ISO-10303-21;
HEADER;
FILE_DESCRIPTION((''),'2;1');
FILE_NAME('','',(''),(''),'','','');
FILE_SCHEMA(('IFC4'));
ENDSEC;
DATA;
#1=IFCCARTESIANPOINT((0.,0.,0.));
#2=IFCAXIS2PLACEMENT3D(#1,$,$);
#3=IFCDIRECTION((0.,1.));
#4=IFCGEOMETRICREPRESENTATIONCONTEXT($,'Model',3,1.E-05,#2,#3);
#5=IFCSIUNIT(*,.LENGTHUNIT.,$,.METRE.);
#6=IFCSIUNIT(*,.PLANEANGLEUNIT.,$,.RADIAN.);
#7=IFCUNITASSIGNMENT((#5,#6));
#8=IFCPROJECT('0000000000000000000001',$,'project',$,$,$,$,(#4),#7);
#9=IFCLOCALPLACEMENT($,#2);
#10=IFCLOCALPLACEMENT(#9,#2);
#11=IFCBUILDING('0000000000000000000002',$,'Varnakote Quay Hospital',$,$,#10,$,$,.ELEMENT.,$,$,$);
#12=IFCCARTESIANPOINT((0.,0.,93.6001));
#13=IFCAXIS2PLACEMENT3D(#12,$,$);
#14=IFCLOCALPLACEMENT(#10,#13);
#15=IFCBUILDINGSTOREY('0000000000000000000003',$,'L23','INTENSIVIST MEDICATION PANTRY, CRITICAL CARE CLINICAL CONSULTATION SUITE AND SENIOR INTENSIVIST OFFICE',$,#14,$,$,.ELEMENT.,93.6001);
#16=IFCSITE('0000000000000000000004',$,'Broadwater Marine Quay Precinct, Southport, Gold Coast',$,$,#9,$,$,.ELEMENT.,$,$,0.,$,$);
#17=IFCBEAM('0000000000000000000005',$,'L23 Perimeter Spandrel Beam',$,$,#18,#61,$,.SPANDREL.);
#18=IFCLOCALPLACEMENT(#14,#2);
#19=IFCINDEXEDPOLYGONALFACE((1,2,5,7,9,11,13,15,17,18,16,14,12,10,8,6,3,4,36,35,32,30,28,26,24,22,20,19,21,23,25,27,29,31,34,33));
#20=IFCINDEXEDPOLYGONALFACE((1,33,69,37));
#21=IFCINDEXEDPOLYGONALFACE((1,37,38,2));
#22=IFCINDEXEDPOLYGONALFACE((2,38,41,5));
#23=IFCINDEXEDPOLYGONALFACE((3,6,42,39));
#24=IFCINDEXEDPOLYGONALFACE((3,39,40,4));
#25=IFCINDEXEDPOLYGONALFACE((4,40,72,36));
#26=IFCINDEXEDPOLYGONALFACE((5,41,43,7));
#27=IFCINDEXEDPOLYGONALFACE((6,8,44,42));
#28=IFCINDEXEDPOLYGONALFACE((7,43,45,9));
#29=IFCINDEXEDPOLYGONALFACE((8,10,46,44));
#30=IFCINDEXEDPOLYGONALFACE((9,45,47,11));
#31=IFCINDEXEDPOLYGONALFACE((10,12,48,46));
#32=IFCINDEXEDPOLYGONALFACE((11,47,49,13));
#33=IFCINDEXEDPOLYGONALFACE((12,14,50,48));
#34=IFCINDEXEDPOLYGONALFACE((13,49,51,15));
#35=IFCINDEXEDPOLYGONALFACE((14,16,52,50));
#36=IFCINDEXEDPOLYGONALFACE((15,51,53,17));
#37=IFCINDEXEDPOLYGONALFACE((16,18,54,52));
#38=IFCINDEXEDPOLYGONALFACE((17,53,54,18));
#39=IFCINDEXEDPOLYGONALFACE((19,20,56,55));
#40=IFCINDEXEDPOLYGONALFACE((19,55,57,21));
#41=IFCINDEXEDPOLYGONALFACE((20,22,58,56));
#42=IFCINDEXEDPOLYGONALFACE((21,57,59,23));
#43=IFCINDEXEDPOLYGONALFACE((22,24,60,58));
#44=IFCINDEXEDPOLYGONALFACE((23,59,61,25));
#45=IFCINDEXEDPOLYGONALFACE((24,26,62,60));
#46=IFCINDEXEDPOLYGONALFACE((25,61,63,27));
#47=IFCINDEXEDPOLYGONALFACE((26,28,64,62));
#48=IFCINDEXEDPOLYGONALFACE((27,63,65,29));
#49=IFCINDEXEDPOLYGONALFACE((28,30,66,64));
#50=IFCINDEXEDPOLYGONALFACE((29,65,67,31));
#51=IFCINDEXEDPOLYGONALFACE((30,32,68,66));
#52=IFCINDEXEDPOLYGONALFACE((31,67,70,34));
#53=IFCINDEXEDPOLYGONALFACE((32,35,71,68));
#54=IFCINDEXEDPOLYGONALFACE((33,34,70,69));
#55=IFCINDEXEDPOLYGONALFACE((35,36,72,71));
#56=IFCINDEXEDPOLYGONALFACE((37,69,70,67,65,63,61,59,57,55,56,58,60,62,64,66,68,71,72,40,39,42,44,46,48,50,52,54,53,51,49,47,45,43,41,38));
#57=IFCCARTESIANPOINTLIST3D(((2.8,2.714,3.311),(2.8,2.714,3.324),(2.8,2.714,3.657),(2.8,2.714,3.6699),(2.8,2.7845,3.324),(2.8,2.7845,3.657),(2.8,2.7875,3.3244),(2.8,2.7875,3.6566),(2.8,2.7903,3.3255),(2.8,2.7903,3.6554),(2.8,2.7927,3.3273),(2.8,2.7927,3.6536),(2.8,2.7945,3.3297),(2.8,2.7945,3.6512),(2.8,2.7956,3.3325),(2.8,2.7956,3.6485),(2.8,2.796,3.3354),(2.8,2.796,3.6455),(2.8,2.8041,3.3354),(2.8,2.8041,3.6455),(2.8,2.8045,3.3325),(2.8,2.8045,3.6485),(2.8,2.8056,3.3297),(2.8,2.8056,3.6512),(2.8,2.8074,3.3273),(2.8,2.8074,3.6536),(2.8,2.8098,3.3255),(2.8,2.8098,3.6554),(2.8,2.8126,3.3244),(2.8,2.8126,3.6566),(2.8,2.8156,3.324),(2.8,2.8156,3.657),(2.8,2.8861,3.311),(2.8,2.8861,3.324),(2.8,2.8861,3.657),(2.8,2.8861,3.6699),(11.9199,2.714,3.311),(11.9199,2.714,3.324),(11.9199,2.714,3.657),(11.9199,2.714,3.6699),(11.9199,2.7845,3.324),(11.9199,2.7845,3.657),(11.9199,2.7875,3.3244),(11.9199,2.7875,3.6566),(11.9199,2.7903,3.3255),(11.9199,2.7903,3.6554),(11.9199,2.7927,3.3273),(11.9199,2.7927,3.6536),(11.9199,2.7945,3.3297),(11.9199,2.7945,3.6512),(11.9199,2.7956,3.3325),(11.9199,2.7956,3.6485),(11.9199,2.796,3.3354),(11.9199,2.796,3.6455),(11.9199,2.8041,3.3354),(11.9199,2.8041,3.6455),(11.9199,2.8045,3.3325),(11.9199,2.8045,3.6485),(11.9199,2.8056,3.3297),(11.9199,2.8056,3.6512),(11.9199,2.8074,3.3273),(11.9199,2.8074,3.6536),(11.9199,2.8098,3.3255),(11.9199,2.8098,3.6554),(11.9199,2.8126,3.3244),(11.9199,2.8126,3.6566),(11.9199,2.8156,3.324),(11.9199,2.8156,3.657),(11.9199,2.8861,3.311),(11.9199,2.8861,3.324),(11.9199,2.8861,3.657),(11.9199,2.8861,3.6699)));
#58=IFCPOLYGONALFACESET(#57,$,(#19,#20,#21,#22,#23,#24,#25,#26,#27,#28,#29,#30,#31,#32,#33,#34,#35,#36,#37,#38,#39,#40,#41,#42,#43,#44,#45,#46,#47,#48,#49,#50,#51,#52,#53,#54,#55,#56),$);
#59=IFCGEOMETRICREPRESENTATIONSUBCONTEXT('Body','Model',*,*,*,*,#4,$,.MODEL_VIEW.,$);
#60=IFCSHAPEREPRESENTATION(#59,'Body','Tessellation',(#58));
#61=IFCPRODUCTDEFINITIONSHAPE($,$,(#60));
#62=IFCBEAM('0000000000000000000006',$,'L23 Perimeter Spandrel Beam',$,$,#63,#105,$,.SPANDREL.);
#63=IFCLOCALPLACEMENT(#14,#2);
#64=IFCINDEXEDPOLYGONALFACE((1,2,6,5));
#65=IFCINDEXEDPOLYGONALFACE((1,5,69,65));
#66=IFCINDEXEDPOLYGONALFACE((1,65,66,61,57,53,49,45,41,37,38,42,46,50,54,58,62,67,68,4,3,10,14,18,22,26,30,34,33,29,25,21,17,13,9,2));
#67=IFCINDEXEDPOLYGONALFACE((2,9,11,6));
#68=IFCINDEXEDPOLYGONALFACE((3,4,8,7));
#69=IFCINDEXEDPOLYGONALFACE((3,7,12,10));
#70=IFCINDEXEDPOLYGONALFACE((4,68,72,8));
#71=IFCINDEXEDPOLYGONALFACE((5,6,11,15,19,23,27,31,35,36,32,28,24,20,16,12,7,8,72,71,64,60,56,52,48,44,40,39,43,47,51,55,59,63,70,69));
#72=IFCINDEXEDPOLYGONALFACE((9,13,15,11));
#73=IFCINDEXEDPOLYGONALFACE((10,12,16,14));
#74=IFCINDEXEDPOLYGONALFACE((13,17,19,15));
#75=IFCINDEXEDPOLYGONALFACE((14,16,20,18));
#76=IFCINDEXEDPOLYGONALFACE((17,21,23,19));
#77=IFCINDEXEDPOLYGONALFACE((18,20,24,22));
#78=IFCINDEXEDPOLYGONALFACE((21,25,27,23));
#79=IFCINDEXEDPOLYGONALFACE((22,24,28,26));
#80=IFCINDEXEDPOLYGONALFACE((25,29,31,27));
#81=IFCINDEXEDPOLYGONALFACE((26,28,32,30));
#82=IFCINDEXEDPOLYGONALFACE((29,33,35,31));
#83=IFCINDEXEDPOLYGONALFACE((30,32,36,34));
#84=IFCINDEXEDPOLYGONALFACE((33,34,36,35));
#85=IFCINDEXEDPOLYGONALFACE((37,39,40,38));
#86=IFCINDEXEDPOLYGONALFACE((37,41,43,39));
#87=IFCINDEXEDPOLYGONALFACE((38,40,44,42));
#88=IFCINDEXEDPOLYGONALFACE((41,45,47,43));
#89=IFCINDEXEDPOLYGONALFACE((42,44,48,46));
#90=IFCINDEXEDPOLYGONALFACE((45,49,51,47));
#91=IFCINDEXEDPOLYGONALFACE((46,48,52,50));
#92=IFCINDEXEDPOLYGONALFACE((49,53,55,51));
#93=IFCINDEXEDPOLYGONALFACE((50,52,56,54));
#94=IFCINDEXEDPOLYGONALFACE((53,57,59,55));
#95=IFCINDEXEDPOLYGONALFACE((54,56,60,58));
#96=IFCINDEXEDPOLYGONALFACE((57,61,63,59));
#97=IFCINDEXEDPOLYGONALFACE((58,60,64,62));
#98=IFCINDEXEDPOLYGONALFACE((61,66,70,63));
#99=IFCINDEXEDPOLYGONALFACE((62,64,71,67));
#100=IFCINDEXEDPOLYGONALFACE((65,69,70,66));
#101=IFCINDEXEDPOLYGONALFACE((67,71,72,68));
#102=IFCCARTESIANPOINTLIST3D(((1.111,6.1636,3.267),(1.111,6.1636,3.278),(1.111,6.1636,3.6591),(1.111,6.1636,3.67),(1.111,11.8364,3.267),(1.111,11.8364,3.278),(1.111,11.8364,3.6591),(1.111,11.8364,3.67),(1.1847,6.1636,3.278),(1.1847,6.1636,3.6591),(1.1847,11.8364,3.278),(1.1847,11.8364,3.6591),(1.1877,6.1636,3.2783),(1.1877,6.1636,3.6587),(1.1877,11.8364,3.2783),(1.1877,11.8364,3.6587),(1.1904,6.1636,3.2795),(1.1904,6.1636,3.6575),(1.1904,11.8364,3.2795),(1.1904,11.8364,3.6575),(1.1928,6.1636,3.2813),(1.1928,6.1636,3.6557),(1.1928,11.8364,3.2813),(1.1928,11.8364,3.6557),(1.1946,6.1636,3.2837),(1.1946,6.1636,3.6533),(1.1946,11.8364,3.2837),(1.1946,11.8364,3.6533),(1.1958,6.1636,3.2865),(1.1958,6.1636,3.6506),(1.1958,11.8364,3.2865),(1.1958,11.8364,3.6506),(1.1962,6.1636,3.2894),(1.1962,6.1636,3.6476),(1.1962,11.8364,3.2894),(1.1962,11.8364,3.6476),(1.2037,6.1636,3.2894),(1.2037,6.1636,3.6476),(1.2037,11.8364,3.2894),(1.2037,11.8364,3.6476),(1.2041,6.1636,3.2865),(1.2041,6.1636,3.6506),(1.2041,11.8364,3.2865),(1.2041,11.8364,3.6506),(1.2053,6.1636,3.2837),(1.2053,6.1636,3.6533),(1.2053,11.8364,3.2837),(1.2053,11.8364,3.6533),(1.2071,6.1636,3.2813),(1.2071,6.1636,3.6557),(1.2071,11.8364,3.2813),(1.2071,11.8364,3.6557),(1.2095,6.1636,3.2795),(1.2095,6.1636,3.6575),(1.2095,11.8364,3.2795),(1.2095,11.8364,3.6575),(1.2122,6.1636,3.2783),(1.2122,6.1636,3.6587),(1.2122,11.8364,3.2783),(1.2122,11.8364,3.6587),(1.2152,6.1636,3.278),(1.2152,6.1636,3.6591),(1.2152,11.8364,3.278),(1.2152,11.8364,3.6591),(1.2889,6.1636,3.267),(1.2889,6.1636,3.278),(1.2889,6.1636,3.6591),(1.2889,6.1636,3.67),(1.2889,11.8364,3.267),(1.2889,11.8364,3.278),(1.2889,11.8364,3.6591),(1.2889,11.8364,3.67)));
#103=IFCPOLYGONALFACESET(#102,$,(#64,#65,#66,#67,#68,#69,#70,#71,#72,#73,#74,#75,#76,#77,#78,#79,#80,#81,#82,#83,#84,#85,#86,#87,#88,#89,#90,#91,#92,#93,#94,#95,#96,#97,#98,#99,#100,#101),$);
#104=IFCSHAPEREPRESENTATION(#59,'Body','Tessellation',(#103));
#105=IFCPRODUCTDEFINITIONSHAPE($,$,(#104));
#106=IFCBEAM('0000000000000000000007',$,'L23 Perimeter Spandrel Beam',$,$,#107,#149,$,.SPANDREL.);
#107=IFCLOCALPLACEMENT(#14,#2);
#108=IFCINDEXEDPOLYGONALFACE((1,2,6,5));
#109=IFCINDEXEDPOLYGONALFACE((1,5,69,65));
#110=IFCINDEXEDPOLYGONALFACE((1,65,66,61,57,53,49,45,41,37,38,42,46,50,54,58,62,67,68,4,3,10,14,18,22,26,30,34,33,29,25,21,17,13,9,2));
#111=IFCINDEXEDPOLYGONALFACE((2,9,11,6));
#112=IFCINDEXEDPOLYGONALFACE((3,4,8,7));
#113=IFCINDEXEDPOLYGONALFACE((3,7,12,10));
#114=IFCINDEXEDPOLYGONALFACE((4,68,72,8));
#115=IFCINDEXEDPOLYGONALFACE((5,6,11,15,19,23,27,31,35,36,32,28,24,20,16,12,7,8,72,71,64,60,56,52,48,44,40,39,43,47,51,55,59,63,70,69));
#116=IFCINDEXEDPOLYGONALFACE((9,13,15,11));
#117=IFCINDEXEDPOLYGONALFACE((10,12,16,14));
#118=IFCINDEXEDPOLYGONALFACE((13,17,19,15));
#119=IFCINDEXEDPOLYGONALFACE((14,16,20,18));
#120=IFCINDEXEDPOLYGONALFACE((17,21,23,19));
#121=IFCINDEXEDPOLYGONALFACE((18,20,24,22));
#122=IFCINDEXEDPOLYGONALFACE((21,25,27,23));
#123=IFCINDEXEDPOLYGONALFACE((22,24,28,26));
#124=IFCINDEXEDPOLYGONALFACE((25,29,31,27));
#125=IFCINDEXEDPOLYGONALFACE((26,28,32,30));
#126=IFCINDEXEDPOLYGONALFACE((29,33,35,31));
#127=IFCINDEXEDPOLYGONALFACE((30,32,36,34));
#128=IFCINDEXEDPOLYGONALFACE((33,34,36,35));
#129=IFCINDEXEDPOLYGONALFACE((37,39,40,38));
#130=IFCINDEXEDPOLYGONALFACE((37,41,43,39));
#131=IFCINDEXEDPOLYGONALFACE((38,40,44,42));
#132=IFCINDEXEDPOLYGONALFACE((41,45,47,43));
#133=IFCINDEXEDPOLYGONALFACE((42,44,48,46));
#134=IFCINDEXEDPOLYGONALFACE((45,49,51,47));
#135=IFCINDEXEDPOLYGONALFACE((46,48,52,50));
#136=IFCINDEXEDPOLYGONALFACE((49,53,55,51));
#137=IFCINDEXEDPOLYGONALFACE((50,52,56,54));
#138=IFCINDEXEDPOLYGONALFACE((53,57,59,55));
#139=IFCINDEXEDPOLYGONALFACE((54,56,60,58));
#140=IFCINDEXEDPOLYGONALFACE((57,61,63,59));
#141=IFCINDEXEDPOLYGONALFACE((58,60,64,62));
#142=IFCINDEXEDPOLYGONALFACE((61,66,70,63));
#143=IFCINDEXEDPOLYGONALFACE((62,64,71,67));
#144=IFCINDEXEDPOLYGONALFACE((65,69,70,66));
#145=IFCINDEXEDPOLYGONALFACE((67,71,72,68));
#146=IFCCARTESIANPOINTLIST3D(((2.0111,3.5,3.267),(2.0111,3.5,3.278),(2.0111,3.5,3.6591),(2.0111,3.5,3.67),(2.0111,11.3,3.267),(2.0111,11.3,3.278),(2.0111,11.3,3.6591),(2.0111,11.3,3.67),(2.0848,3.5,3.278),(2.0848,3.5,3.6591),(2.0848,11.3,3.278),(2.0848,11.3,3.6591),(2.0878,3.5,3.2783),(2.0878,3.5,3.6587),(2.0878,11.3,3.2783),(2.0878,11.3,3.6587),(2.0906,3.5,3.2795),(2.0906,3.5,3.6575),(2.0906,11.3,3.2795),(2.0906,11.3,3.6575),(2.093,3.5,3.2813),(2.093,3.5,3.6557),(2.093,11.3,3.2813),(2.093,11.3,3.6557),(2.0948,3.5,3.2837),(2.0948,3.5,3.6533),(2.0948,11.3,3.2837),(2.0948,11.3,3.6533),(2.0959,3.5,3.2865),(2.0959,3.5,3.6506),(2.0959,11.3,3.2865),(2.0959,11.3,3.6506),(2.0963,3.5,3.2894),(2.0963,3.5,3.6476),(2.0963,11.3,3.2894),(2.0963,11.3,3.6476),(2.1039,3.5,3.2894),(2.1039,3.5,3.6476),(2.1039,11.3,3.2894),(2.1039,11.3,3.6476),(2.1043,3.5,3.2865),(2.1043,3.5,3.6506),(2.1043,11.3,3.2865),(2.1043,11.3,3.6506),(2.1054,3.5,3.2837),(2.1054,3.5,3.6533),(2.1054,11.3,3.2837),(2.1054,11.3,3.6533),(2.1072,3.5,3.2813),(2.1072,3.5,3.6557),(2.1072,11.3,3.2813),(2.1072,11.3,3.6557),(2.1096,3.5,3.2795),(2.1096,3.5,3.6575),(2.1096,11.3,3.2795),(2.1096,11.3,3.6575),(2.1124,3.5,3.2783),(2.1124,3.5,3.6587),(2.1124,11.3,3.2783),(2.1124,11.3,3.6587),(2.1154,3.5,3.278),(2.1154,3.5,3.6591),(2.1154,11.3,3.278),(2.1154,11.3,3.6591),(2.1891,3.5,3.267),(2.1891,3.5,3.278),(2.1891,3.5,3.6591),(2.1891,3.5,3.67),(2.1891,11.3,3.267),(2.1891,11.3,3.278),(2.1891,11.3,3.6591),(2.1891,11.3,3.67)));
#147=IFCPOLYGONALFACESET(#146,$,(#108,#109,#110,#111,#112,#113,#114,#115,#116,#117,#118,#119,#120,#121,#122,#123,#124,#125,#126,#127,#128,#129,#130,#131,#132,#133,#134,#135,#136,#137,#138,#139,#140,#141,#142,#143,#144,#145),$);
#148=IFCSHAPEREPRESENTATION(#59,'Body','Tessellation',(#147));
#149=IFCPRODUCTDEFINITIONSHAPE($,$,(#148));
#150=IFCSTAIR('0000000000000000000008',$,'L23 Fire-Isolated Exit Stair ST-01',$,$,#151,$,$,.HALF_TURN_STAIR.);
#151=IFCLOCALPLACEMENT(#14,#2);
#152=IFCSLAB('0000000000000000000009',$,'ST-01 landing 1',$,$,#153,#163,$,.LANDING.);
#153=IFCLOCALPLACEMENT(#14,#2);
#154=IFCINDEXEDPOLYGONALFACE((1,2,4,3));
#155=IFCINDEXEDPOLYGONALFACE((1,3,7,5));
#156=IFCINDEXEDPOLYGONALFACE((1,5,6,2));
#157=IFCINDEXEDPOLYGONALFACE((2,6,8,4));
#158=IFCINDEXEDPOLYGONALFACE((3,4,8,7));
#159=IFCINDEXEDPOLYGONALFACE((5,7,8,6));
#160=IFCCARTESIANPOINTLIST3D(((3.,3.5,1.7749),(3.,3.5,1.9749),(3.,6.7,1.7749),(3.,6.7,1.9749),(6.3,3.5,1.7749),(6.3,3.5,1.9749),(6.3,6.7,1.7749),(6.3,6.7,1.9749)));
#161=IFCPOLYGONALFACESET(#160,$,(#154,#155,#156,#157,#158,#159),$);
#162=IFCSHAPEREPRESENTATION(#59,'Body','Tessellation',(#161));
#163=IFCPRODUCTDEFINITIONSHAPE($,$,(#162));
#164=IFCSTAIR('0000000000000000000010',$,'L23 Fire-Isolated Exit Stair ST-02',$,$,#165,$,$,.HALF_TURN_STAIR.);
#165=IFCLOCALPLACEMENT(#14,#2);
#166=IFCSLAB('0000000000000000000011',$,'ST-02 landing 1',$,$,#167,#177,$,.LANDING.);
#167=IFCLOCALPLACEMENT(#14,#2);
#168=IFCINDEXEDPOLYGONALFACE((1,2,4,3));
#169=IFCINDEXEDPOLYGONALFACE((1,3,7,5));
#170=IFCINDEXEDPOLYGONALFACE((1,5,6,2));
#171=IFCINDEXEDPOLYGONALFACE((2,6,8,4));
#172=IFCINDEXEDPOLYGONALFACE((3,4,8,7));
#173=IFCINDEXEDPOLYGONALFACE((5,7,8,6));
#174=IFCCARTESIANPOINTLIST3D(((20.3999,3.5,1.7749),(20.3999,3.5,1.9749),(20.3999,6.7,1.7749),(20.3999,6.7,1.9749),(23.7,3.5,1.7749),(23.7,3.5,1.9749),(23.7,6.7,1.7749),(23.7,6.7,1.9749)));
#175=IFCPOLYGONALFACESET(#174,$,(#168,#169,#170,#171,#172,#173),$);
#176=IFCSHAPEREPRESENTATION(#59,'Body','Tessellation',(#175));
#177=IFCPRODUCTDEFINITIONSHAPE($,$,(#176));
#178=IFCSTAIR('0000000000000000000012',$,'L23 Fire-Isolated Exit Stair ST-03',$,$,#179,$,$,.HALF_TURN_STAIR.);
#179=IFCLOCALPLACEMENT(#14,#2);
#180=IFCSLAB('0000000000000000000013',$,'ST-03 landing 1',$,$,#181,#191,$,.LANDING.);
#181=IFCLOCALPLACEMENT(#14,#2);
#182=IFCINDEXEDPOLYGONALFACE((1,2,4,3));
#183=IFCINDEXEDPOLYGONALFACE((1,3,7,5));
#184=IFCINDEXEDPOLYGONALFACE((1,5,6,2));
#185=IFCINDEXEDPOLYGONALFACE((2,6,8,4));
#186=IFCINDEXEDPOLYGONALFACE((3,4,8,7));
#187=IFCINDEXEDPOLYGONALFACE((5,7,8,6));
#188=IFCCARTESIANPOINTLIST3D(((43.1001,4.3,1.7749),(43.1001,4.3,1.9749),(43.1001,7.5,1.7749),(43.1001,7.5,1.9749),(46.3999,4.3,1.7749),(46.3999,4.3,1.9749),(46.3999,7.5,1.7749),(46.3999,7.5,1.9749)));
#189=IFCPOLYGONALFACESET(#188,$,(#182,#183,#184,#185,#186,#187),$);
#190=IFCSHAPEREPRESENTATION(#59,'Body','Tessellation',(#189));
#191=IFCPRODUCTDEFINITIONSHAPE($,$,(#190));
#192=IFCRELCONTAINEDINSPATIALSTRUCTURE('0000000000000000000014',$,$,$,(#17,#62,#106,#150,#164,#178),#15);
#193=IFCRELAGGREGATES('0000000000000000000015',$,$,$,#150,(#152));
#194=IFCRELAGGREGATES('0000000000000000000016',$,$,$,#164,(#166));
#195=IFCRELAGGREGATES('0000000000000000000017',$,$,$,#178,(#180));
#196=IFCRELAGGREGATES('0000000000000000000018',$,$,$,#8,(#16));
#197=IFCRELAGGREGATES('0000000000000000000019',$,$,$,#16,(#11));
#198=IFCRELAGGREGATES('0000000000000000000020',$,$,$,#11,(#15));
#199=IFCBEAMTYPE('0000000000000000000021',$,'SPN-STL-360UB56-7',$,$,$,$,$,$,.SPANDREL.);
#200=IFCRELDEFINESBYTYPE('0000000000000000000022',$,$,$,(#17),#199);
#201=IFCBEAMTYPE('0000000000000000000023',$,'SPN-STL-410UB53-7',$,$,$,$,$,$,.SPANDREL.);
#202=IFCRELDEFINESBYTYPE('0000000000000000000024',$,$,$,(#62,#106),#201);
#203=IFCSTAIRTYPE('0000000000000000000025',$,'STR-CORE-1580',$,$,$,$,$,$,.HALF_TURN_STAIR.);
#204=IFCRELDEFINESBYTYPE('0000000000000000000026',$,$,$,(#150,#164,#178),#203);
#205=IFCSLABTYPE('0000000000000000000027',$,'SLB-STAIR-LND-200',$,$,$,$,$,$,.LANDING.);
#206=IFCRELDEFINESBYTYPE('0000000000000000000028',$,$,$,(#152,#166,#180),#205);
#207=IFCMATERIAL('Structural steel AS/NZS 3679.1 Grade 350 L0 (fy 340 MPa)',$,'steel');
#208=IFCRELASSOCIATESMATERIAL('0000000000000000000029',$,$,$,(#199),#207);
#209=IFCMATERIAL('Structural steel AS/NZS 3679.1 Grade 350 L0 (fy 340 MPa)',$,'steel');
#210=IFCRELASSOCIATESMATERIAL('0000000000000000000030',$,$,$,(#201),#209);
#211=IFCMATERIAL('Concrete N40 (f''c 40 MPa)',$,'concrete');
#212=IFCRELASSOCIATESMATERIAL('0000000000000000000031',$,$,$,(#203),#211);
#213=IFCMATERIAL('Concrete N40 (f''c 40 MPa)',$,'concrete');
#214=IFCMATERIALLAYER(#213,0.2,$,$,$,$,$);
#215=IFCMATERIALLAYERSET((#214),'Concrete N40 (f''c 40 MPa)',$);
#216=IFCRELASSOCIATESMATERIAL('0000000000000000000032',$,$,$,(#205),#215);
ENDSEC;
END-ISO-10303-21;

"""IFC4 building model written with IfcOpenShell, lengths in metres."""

from ifc_helpers import new_model, si_unit, direction, frame, origin, origin_2d, place, context, subcontext, project, spatial, polyline, i_section, outline, extrude, material, layer, layer_set, material_profile, profile_set, type_object, element, aggregate, save


model = new_model("IFC4")

# Units and contexts
model_context = context("Model", 3, precision=1e-05, world=origin(), true_north=direction((0.0, 1.0)))
body_context = subcontext(model_context, "Body", "Model", "MODEL_VIEW")
ifc_project = project(units=[si_unit("LENGTHUNIT", "METRE"), si_unit("PLANEANGLEUNIT", "RADIAN")], contexts=[model_context])

# Site, building, storey
site_placement = place(None, origin())
site = spatial("IfcSite", under=ifc_project, at=site_placement, Name="Broadwater Marine Quay Precinct, Southport, Gold Coast", CompositionType="ELEMENT", RefElevation=0.0)
building_placement = place(site_placement, origin())
building = spatial("IfcBuilding", under=site, at=building_placement, Name="Varnakote Quay Hospital", CompositionType="ELEMENT")
storey_placement = place(building_placement, frame((0.0, 0.0, 93.6001)))
storey = spatial("IfcBuildingStorey", under=building, at=storey_placement, Name="L23", Description="INTENSIVIST MEDICATION PANTRY, CRITICAL CARE CLINICAL CONSULTATION SUITE AND SENIOR INTENSIVIST OFFICE", CompositionType="ELEMENT", Elevation=93.6001)

# Beams
ifc_material_1 = material(Name="Structural steel AS/NZS 3679.1 Grade 350 L0 (fy 340 MPa)", Category="steel")
ifc_material_profile_1 = material_profile(ifc_material_1, i_section(OverallWidth=0.1721, OverallDepth=0.3589, WebThickness=0.0081, FlangeThickness=0.0129, FilletRadius=0.0115, at=origin_2d()), Name="360UB56.7")
ifc_profile_set_1 = profile_set([ifc_material_profile_1], Name="Structural steel AS/NZS 3679.1 Grade 350 L0 (fy 340 MPa)")
beam_type_1 = type_object("IfcBeamType", Name="SPN-STL-360UB56-7", PredefinedType="SPANDREL", material=ifc_profile_set_1)
beam_1_placement = place(storey_placement, frame((2.8, 2.8, 3.4905), z_axis=(1.0, 0.0, 0.0), x_axis=(0.0, 1.0, 0.0)))
element("IfcBeam", 1, at=beam_1_placement, inside=storey, type_object=beam_type_1, Name="L23 Perimeter Spandrel Beam", PredefinedType="SPANDREL", context=body_context, shape_type="SweptSolid", body=[
    extrude(i_section(OverallWidth=0.1721, OverallDepth=0.3589, WebThickness=0.0081, FlangeThickness=0.0129, FilletRadius=0.0115, at=origin_2d()), origin(), (0.0, 0.0, 1.0), 9.1199),
])
ifc_material_2 = material(Name="Structural steel AS/NZS 3679.1 Grade 350 L0 (fy 340 MPa)", Category="steel")
ifc_material_profile_2 = material_profile(ifc_material_2, i_section(OverallWidth=0.178, OverallDepth=0.4031, WebThickness=0.0076, FlangeThickness=0.011, FilletRadius=0.0115, at=origin_2d()), Name="410UB53.7")
ifc_profile_set_2 = profile_set([ifc_material_profile_2], Name="Structural steel AS/NZS 3679.1 Grade 350 L0 (fy 340 MPa)")
beam_type_2 = type_object("IfcBeamType", Name="SPN-STL-410UB53-7", PredefinedType="SPANDREL", material=ifc_profile_set_2)
beam_2_placement = place(storey_placement, frame((1.2, 6.1636, 3.4685), z_axis=(0.0, 1.0, 0.0), x_axis=(-1.0, 0.0, 0.0)))
element("IfcBeam", 2, at=beam_2_placement, inside=storey, type_object=beam_type_2, Name="L23 Perimeter Spandrel Beam", PredefinedType="SPANDREL", context=body_context, shape_type="SweptSolid", body=[
    extrude(i_section(OverallWidth=0.178, OverallDepth=0.4031, WebThickness=0.0076, FlangeThickness=0.011, FilletRadius=0.0115, at=origin_2d()), origin(), (0.0, 0.0, 1.0), 5.6729),
])
beam_3_placement = place(storey_placement, frame((2.1001, 3.5, 3.4685), z_axis=(0.0, 1.0, 0.0), x_axis=(-1.0, 0.0, 0.0)))
element("IfcBeam", 3, at=beam_3_placement, inside=storey, type_object=beam_type_2, Name="L23 Perimeter Spandrel Beam", PredefinedType="SPANDREL", context=body_context, shape_type="SweptSolid", body=[
    extrude(i_section(OverallWidth=0.178, OverallDepth=0.4031, WebThickness=0.0076, FlangeThickness=0.011, FilletRadius=0.0115, at=origin_2d()), origin(), (0.0, 0.0, 1.0), 7.8),
])

# Stairs, slabs
ifc_material_3 = material(Name="Concrete N40 (f'c 40 MPa)", Category="concrete")
stair_type = type_object("IfcStairType", Name="STR-CORE-1580", PredefinedType="HALF_TURN_STAIR", material=ifc_material_3)
stair_1_placement = place(storey_placement, origin())
stair_1 = element("IfcStair", 4, at=stair_1_placement, inside=storey, type_object=stair_type, Name="L23 Fire-Isolated Exit Stair ST-01", PredefinedType="HALF_TURN_STAIR")
ifc_material_4 = material(Name="Concrete N40 (f'c 40 MPa)", Category="concrete")
ifc_layer_1 = layer(ifc_material_4, 0.2)
ifc_layer_set_1 = layer_set([ifc_layer_1], Name="Concrete N40 (f'c 40 MPa)")
slab_type_1 = type_object("IfcSlabType", Name="SLB-STAIR-LND-200", PredefinedType="LANDING", material=ifc_layer_set_1)
slab_1_placement = place(storey_placement, frame((0.0, 0.0, 1.7749)))
slab_1 = element("IfcSlab", 5, at=slab_1_placement, type_object=slab_type_1, Name="ST-01 landing 1", PredefinedType="LANDING", context=body_context, shape_type="SweptSolid", body=[
    extrude(outline(polyline([(3.0, 6.7), (3.0, 3.5), (6.3, 3.5), (6.3, 6.7), (3.0, 6.7)])), origin(), (0.0, 0.0, 1.0), 0.2),
])
aggregate(stair_1, [slab_1])
stair_2_placement = place(storey_placement, origin())
stair_2 = element("IfcStair", 6, at=stair_2_placement, inside=storey, type_object=stair_type, Name="L23 Fire-Isolated Exit Stair ST-02", PredefinedType="HALF_TURN_STAIR")
slab_2_placement = place(storey_placement, frame((0.0, 0.0, 1.7749)))
slab_2 = element("IfcSlab", 7, at=slab_2_placement, type_object=slab_type_1, Name="ST-02 landing 1", PredefinedType="LANDING", context=body_context, shape_type="SweptSolid", body=[
    extrude(outline(polyline([(20.3999, 6.7), (20.3999, 3.5), (23.7, 3.5), (23.7, 6.7), (20.3999, 6.7)])), origin(), (0.0, 0.0, 1.0), 0.2),
])
aggregate(stair_2, [slab_2])
stair_3_placement = place(storey_placement, origin())
stair_3 = element("IfcStair", 8, at=stair_3_placement, inside=storey, type_object=stair_type, Name="L23 Fire-Isolated Exit Stair ST-03", PredefinedType="HALF_TURN_STAIR")
slab_3_placement = place(storey_placement, frame((0.0, 0.0, 1.7749)))
slab_3 = element("IfcSlab", 9, at=slab_3_placement, type_object=slab_type_1, Name="ST-03 landing 1", PredefinedType="LANDING", context=body_context, shape_type="SweptSolid", body=[
    extrude(outline(polyline([(43.1001, 7.5), (43.1001, 4.3), (46.3999, 4.3), (46.3999, 7.5), (43.1001, 7.5)])), origin(), (0.0, 0.0, 1.0), 0.2),
])
aggregate(stair_3, [slab_3])

save(model, "model.ifc")
